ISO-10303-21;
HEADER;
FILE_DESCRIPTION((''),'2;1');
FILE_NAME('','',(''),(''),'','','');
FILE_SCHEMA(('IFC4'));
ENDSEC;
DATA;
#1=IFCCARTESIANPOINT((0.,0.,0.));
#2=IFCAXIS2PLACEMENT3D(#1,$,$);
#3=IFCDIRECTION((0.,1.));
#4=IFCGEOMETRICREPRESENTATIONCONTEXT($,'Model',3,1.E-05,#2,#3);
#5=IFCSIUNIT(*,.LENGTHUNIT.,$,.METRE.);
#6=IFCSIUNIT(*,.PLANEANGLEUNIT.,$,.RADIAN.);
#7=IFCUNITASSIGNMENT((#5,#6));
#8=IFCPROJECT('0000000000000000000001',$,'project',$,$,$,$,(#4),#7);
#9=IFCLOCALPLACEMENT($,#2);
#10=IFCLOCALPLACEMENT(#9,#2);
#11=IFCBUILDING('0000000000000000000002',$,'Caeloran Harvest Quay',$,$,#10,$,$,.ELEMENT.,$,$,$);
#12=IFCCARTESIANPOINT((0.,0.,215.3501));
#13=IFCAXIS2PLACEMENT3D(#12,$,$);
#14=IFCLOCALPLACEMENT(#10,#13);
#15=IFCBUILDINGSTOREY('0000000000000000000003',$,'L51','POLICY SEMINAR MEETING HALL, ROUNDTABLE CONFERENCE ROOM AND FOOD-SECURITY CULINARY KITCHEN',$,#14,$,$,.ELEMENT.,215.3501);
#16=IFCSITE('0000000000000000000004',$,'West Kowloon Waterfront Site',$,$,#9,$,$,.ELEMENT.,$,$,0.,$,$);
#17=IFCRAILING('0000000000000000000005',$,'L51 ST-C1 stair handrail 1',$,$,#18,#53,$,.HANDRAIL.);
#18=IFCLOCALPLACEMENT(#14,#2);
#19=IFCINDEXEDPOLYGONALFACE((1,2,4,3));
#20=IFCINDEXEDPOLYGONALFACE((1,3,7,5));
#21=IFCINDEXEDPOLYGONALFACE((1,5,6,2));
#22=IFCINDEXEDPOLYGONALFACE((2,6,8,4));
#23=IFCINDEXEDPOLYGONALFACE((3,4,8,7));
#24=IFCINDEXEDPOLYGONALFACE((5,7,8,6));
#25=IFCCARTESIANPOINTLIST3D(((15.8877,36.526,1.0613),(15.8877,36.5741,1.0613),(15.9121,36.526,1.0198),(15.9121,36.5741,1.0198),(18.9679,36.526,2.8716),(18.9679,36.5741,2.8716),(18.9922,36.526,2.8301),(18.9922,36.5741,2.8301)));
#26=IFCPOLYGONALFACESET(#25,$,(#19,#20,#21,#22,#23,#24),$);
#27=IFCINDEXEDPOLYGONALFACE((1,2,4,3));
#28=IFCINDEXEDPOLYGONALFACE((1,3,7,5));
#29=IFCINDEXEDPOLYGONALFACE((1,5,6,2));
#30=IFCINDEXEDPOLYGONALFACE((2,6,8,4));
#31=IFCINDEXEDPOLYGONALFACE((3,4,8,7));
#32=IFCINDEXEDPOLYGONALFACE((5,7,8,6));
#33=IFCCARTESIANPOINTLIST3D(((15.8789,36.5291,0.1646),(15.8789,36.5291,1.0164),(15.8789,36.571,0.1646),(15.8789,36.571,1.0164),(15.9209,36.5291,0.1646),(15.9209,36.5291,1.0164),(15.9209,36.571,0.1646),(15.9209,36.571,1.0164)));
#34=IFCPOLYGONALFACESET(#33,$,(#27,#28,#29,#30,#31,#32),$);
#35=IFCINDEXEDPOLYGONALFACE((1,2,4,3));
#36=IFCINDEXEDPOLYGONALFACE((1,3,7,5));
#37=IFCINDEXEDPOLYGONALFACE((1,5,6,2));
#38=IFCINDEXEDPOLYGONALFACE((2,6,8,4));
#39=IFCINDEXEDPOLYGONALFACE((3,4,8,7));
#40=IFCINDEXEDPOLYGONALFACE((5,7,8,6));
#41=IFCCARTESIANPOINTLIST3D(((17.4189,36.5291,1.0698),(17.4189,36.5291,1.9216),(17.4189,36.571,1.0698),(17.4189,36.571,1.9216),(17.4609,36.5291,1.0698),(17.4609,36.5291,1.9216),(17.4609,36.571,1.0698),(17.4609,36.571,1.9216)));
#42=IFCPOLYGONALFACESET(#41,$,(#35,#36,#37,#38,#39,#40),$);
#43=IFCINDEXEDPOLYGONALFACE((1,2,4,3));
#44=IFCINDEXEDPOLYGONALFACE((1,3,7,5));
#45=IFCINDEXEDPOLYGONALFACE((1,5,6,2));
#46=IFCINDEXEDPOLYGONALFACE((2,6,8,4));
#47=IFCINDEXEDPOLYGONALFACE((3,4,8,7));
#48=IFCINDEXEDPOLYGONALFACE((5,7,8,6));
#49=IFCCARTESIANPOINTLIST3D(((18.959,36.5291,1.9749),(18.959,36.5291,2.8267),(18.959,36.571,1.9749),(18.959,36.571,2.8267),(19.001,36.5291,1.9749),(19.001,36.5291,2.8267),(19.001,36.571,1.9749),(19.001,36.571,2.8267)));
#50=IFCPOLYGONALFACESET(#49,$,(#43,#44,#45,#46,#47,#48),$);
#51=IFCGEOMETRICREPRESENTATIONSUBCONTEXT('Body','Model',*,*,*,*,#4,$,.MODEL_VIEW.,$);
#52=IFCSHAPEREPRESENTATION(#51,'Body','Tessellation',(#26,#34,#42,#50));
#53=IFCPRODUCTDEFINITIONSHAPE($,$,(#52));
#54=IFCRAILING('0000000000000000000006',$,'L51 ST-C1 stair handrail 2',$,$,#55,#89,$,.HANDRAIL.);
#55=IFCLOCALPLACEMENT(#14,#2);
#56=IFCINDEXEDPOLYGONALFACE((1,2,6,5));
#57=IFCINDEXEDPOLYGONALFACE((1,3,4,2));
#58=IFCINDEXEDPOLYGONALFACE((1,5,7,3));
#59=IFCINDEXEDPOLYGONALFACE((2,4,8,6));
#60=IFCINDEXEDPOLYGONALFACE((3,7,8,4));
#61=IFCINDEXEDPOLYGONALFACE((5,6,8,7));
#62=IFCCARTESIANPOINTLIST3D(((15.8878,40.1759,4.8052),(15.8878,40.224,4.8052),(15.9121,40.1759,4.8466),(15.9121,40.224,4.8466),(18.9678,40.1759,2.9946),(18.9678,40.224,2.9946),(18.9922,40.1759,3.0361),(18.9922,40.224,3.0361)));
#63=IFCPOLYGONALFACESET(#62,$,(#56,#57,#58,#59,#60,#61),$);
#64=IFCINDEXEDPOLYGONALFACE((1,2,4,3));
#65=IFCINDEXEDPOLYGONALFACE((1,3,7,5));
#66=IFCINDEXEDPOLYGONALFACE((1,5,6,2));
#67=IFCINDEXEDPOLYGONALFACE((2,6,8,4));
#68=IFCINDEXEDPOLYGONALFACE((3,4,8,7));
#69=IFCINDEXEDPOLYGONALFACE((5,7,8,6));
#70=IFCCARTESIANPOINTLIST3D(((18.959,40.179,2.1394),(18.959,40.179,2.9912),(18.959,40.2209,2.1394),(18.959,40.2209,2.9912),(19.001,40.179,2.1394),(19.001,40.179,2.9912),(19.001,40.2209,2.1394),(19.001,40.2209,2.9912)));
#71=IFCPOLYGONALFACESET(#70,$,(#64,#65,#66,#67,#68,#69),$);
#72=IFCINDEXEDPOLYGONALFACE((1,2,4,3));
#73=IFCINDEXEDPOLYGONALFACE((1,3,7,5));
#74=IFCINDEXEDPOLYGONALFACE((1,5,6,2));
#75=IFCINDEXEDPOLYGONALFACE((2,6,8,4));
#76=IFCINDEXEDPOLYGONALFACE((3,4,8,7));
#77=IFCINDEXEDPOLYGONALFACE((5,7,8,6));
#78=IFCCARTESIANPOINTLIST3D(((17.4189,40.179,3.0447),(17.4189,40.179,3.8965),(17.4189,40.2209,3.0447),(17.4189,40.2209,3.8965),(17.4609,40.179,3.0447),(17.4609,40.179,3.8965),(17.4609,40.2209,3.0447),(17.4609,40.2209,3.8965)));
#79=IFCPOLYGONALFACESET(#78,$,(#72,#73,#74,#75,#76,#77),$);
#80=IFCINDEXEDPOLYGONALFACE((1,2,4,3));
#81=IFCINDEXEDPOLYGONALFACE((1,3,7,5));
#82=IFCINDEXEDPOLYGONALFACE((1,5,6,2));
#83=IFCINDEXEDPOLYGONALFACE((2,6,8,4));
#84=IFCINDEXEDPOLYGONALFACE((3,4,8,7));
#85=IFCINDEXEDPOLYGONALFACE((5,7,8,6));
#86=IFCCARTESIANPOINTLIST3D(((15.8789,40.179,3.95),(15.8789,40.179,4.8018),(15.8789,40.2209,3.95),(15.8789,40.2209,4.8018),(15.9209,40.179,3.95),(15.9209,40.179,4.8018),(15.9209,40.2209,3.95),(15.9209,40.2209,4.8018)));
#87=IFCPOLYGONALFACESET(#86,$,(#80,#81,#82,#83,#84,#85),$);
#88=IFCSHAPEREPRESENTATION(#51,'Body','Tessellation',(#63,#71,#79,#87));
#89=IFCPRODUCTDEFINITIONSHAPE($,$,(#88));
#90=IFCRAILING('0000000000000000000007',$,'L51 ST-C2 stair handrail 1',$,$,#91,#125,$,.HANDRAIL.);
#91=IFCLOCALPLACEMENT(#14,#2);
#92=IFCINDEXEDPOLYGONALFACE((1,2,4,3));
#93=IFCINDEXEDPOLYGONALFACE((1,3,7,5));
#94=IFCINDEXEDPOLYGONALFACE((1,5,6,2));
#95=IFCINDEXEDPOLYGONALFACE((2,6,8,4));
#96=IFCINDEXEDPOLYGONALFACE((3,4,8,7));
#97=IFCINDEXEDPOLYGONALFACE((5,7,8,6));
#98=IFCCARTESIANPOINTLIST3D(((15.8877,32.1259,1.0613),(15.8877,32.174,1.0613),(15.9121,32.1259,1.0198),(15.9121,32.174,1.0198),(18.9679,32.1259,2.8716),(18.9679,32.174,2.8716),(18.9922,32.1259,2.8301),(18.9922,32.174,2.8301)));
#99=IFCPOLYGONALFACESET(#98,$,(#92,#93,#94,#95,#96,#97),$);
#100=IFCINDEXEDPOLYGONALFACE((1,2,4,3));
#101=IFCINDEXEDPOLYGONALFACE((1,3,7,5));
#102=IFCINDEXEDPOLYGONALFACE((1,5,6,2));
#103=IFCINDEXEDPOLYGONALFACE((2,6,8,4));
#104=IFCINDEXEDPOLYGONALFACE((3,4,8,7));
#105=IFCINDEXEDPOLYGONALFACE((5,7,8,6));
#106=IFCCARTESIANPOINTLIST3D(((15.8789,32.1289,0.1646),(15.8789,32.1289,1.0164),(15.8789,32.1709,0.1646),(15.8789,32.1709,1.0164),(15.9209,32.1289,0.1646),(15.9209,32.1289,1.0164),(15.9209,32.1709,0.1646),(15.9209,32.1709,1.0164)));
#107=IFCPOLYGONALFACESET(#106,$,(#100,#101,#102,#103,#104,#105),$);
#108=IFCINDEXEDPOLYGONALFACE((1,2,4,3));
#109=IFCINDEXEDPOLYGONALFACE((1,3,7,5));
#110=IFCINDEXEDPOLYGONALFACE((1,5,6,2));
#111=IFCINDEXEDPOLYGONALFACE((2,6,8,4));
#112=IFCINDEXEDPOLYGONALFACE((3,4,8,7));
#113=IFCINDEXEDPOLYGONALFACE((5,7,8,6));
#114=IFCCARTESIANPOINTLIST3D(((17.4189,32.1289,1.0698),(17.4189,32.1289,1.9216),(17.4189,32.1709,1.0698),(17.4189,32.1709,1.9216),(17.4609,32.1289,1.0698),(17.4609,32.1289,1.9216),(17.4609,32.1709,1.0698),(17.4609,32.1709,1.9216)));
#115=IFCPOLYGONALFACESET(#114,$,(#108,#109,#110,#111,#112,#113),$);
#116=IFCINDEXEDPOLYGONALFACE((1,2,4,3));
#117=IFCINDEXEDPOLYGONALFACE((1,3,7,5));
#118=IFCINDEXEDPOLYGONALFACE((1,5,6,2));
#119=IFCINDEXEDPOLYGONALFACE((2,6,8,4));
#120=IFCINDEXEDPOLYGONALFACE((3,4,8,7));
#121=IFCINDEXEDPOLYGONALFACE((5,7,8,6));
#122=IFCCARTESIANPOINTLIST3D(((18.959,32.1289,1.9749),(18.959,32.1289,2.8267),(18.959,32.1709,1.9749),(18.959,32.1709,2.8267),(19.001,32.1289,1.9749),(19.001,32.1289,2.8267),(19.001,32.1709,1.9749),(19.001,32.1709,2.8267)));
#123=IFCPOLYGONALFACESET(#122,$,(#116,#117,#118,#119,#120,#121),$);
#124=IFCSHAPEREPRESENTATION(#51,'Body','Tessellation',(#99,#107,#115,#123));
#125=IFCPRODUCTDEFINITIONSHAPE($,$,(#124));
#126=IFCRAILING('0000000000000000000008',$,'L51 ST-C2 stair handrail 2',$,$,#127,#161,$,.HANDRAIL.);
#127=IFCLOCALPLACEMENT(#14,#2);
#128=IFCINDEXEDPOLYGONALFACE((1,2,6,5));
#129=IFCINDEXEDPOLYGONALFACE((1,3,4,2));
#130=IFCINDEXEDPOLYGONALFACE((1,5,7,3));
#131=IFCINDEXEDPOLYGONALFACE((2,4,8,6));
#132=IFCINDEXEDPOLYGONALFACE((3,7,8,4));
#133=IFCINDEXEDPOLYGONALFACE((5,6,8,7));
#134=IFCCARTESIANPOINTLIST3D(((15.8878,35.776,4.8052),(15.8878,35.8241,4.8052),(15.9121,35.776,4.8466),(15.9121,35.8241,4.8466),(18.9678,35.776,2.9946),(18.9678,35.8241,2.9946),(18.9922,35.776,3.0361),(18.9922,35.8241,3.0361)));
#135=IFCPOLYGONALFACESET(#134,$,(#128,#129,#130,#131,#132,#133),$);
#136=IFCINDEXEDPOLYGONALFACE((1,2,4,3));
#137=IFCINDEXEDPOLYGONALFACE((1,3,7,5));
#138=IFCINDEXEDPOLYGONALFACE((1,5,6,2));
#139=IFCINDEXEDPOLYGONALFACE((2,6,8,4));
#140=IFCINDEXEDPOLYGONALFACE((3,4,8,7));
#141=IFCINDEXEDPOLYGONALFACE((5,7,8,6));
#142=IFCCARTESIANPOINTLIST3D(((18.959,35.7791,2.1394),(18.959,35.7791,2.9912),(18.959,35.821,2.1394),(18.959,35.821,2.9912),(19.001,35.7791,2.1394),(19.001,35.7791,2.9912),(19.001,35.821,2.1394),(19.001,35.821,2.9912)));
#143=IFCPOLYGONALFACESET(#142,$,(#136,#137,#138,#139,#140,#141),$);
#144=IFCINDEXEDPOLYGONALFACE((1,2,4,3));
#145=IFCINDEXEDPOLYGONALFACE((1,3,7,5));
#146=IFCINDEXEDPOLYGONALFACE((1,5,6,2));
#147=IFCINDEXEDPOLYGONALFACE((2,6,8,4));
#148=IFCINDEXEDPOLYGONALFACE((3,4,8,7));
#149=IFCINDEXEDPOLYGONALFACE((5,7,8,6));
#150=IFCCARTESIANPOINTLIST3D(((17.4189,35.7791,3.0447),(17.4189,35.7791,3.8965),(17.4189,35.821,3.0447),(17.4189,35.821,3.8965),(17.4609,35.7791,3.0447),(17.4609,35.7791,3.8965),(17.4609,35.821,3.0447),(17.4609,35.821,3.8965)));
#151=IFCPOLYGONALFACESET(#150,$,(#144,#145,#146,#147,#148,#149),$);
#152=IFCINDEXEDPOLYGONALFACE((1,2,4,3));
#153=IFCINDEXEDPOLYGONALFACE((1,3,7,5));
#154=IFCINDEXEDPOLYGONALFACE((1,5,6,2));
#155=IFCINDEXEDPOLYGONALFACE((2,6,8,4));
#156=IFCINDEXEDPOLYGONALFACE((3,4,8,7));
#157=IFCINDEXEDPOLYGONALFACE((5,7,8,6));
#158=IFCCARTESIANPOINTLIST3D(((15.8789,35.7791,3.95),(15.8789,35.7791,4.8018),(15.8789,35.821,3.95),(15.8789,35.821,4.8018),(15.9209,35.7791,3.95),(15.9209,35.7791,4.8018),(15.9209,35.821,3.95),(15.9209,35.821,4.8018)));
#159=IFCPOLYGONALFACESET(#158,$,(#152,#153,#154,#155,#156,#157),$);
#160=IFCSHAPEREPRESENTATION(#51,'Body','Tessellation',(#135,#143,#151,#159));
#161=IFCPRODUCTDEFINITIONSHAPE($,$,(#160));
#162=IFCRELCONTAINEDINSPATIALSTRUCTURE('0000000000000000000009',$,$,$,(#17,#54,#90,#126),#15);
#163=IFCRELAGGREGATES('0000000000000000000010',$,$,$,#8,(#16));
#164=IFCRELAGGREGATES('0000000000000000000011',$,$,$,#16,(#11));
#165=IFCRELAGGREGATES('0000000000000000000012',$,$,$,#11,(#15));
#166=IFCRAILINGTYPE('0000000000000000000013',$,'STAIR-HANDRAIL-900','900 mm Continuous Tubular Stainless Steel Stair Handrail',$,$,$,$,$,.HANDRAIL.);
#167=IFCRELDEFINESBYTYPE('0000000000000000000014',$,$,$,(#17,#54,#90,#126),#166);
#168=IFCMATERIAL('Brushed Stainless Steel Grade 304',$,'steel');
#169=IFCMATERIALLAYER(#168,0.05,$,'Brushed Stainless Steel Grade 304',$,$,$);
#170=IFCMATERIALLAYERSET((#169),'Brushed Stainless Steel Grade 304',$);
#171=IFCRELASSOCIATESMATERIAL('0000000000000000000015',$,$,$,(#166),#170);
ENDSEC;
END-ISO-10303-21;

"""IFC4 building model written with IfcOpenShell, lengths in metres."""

from ifc_helpers import new_model, si_unit, direction, frame, origin, origin_2d, place, context, subcontext, project, spatial, rectangle, extrude, material, layer, layer_set, type_object, element, save


model = new_model("IFC4")

# Units and contexts
model_context = context("Model", 3, precision=1e-05, world=origin(), true_north=direction((0.0, 1.0)))
body_context = subcontext(model_context, "Body", "Model", "MODEL_VIEW")
ifc_project = project(units=[si_unit("LENGTHUNIT", "METRE"), si_unit("PLANEANGLEUNIT", "RADIAN")], contexts=[model_context])

# Site, building, storey
site_placement = place(None, origin())
site = spatial("IfcSite", under=ifc_project, at=site_placement, Name="West Kowloon Waterfront Site", CompositionType="ELEMENT", RefElevation=0.0)
building_placement = place(site_placement, origin())
building = spatial("IfcBuilding", under=site, at=building_placement, Name="Caeloran Harvest Quay", CompositionType="ELEMENT")
storey_placement = place(building_placement, frame((0.0, 0.0, 215.3501)))
storey = spatial("IfcBuildingStorey", under=building, at=storey_placement, Name="L51", Description="POLICY SEMINAR MEETING HALL, ROUNDTABLE CONFERENCE ROOM AND FOOD-SECURITY CULINARY KITCHEN", CompositionType="ELEMENT", Elevation=215.3501)

# Railings
ifc_material_1 = material(Name="Brushed Stainless Steel Grade 304", Category="steel")
ifc_layer_1 = layer(ifc_material_1, 0.05, Name="Brushed Stainless Steel Grade 304")
ifc_layer_set_1 = layer_set([ifc_layer_1], Name="Brushed Stainless Steel Grade 304")
railing_type_1 = type_object("IfcRailingType", Name="STAIR-HANDRAIL-900", Description="900 mm Continuous Tubular Stainless Steel Stair Handrail", PredefinedType="HANDRAIL", material=ifc_layer_set_1)
railing_1_placement = place(storey_placement, frame((15.8999, 36.55, 0.1646)))
element("IfcRailing", 1, at=railing_1_placement, inside=storey, type_object=railing_type_1, Name="L51 ST-C1 stair handrail 1", PredefinedType="HANDRAIL", context=body_context, shape_type="SweptSolid", body=[
    extrude(rectangle(XDim=0.0481, YDim=0.0481, at=origin_2d()), frame((0.0, 0.0, 0.876), z_axis=(0.862119, 0.0, 0.506707), x_axis=(0.0, 1.0, 0.0)), (0.0, 0.0, 1.0), 3.5728),
    extrude(rectangle(XDim=0.042, YDim=0.042, at=origin_2d()), origin(), (0.0, 0.0, 1.0), 0.8518),
    extrude(rectangle(XDim=0.042, YDim=0.042, at=origin_2d()), frame((1.54, 0.0, 0.9053)), (0.0, 0.0, 1.0), 0.8518),
    extrude(rectangle(XDim=0.042, YDim=0.042, at=origin_2d()), frame((3.0801, 0.0, 1.8103)), (0.0, 0.0, 1.0), 0.8518),
])
railing_2_placement = place(storey_placement, frame((18.98, 40.2, 2.1394)))
element("IfcRailing", 2, at=railing_2_placement, inside=storey, type_object=railing_type_1, Name="L51 ST-C1 stair handrail 2", PredefinedType="HANDRAIL", context=body_context, shape_type="SweptSolid", body=[
    extrude(rectangle(XDim=0.0481, YDim=0.0481, at=origin_2d()), frame((0.0, 0.0, 0.876), z_axis=(-0.862089, 0.0, 0.506757), x_axis=(0.0, -1.0, 0.0)), (0.0, 0.0, 1.0), 3.5728),
    extrude(rectangle(XDim=0.042, YDim=0.042, at=origin_2d()), origin(), (0.0, 0.0, 1.0), 0.8518),
    extrude(rectangle(XDim=0.042, YDim=0.042, at=origin_2d()), frame((-1.54, 0.0, 0.9053)), (0.0, 0.0, 1.0), 0.8518),
    extrude(rectangle(XDim=0.042, YDim=0.042, at=origin_2d()), frame((-3.0801, 0.0, 1.8105)), (0.0, 0.0, 1.0), 0.8518),
])
railing_3_placement = place(storey_placement, frame((15.8999, 32.1499, 0.1646)))
element("IfcRailing", 3, at=railing_3_placement, inside=storey, type_object=railing_type_1, Name="L51 ST-C2 stair handrail 1", PredefinedType="HANDRAIL", context=body_context, shape_type="SweptSolid", body=[
    extrude(rectangle(XDim=0.0481, YDim=0.0481, at=origin_2d()), frame((0.0, 0.0, 0.876), z_axis=(0.862119, 0.0, 0.506707), x_axis=(0.0, 1.0, 0.0)), (0.0, 0.0, 1.0), 3.5728),
    extrude(rectangle(XDim=0.042, YDim=0.042, at=origin_2d()), origin(), (0.0, 0.0, 1.0), 0.8518),
    extrude(rectangle(XDim=0.042, YDim=0.042, at=origin_2d()), frame((1.54, 0.0, 0.9053)), (0.0, 0.0, 1.0), 0.8518),
    extrude(rectangle(XDim=0.042, YDim=0.042, at=origin_2d()), frame((3.0801, 0.0, 1.8103)), (0.0, 0.0, 1.0), 0.8518),
])
railing_4_placement = place(storey_placement, frame((18.98, 35.8, 2.1394)))
element("IfcRailing", 4, at=railing_4_placement, inside=storey, type_object=railing_type_1, Name="L51 ST-C2 stair handrail 2", PredefinedType="HANDRAIL", context=body_context, shape_type="SweptSolid", body=[
    extrude(rectangle(XDim=0.0481, YDim=0.0481, at=origin_2d()), frame((0.0, 0.0, 0.876), z_axis=(-0.862089, 0.0, 0.506757), x_axis=(0.0, -1.0, 0.0)), (0.0, 0.0, 1.0), 3.5728),
    extrude(rectangle(XDim=0.042, YDim=0.042, at=origin_2d()), origin(), (0.0, 0.0, 1.0), 0.8518),
    extrude(rectangle(XDim=0.042, YDim=0.042, at=origin_2d()), frame((-1.54, 0.0, 0.9053)), (0.0, 0.0, 1.0), 0.8518),
    extrude(rectangle(XDim=0.042, YDim=0.042, at=origin_2d()), frame((-3.0801, 0.0, 1.8105)), (0.0, 0.0, 1.0), 0.8518),
])

save(model, "model.ifc")
